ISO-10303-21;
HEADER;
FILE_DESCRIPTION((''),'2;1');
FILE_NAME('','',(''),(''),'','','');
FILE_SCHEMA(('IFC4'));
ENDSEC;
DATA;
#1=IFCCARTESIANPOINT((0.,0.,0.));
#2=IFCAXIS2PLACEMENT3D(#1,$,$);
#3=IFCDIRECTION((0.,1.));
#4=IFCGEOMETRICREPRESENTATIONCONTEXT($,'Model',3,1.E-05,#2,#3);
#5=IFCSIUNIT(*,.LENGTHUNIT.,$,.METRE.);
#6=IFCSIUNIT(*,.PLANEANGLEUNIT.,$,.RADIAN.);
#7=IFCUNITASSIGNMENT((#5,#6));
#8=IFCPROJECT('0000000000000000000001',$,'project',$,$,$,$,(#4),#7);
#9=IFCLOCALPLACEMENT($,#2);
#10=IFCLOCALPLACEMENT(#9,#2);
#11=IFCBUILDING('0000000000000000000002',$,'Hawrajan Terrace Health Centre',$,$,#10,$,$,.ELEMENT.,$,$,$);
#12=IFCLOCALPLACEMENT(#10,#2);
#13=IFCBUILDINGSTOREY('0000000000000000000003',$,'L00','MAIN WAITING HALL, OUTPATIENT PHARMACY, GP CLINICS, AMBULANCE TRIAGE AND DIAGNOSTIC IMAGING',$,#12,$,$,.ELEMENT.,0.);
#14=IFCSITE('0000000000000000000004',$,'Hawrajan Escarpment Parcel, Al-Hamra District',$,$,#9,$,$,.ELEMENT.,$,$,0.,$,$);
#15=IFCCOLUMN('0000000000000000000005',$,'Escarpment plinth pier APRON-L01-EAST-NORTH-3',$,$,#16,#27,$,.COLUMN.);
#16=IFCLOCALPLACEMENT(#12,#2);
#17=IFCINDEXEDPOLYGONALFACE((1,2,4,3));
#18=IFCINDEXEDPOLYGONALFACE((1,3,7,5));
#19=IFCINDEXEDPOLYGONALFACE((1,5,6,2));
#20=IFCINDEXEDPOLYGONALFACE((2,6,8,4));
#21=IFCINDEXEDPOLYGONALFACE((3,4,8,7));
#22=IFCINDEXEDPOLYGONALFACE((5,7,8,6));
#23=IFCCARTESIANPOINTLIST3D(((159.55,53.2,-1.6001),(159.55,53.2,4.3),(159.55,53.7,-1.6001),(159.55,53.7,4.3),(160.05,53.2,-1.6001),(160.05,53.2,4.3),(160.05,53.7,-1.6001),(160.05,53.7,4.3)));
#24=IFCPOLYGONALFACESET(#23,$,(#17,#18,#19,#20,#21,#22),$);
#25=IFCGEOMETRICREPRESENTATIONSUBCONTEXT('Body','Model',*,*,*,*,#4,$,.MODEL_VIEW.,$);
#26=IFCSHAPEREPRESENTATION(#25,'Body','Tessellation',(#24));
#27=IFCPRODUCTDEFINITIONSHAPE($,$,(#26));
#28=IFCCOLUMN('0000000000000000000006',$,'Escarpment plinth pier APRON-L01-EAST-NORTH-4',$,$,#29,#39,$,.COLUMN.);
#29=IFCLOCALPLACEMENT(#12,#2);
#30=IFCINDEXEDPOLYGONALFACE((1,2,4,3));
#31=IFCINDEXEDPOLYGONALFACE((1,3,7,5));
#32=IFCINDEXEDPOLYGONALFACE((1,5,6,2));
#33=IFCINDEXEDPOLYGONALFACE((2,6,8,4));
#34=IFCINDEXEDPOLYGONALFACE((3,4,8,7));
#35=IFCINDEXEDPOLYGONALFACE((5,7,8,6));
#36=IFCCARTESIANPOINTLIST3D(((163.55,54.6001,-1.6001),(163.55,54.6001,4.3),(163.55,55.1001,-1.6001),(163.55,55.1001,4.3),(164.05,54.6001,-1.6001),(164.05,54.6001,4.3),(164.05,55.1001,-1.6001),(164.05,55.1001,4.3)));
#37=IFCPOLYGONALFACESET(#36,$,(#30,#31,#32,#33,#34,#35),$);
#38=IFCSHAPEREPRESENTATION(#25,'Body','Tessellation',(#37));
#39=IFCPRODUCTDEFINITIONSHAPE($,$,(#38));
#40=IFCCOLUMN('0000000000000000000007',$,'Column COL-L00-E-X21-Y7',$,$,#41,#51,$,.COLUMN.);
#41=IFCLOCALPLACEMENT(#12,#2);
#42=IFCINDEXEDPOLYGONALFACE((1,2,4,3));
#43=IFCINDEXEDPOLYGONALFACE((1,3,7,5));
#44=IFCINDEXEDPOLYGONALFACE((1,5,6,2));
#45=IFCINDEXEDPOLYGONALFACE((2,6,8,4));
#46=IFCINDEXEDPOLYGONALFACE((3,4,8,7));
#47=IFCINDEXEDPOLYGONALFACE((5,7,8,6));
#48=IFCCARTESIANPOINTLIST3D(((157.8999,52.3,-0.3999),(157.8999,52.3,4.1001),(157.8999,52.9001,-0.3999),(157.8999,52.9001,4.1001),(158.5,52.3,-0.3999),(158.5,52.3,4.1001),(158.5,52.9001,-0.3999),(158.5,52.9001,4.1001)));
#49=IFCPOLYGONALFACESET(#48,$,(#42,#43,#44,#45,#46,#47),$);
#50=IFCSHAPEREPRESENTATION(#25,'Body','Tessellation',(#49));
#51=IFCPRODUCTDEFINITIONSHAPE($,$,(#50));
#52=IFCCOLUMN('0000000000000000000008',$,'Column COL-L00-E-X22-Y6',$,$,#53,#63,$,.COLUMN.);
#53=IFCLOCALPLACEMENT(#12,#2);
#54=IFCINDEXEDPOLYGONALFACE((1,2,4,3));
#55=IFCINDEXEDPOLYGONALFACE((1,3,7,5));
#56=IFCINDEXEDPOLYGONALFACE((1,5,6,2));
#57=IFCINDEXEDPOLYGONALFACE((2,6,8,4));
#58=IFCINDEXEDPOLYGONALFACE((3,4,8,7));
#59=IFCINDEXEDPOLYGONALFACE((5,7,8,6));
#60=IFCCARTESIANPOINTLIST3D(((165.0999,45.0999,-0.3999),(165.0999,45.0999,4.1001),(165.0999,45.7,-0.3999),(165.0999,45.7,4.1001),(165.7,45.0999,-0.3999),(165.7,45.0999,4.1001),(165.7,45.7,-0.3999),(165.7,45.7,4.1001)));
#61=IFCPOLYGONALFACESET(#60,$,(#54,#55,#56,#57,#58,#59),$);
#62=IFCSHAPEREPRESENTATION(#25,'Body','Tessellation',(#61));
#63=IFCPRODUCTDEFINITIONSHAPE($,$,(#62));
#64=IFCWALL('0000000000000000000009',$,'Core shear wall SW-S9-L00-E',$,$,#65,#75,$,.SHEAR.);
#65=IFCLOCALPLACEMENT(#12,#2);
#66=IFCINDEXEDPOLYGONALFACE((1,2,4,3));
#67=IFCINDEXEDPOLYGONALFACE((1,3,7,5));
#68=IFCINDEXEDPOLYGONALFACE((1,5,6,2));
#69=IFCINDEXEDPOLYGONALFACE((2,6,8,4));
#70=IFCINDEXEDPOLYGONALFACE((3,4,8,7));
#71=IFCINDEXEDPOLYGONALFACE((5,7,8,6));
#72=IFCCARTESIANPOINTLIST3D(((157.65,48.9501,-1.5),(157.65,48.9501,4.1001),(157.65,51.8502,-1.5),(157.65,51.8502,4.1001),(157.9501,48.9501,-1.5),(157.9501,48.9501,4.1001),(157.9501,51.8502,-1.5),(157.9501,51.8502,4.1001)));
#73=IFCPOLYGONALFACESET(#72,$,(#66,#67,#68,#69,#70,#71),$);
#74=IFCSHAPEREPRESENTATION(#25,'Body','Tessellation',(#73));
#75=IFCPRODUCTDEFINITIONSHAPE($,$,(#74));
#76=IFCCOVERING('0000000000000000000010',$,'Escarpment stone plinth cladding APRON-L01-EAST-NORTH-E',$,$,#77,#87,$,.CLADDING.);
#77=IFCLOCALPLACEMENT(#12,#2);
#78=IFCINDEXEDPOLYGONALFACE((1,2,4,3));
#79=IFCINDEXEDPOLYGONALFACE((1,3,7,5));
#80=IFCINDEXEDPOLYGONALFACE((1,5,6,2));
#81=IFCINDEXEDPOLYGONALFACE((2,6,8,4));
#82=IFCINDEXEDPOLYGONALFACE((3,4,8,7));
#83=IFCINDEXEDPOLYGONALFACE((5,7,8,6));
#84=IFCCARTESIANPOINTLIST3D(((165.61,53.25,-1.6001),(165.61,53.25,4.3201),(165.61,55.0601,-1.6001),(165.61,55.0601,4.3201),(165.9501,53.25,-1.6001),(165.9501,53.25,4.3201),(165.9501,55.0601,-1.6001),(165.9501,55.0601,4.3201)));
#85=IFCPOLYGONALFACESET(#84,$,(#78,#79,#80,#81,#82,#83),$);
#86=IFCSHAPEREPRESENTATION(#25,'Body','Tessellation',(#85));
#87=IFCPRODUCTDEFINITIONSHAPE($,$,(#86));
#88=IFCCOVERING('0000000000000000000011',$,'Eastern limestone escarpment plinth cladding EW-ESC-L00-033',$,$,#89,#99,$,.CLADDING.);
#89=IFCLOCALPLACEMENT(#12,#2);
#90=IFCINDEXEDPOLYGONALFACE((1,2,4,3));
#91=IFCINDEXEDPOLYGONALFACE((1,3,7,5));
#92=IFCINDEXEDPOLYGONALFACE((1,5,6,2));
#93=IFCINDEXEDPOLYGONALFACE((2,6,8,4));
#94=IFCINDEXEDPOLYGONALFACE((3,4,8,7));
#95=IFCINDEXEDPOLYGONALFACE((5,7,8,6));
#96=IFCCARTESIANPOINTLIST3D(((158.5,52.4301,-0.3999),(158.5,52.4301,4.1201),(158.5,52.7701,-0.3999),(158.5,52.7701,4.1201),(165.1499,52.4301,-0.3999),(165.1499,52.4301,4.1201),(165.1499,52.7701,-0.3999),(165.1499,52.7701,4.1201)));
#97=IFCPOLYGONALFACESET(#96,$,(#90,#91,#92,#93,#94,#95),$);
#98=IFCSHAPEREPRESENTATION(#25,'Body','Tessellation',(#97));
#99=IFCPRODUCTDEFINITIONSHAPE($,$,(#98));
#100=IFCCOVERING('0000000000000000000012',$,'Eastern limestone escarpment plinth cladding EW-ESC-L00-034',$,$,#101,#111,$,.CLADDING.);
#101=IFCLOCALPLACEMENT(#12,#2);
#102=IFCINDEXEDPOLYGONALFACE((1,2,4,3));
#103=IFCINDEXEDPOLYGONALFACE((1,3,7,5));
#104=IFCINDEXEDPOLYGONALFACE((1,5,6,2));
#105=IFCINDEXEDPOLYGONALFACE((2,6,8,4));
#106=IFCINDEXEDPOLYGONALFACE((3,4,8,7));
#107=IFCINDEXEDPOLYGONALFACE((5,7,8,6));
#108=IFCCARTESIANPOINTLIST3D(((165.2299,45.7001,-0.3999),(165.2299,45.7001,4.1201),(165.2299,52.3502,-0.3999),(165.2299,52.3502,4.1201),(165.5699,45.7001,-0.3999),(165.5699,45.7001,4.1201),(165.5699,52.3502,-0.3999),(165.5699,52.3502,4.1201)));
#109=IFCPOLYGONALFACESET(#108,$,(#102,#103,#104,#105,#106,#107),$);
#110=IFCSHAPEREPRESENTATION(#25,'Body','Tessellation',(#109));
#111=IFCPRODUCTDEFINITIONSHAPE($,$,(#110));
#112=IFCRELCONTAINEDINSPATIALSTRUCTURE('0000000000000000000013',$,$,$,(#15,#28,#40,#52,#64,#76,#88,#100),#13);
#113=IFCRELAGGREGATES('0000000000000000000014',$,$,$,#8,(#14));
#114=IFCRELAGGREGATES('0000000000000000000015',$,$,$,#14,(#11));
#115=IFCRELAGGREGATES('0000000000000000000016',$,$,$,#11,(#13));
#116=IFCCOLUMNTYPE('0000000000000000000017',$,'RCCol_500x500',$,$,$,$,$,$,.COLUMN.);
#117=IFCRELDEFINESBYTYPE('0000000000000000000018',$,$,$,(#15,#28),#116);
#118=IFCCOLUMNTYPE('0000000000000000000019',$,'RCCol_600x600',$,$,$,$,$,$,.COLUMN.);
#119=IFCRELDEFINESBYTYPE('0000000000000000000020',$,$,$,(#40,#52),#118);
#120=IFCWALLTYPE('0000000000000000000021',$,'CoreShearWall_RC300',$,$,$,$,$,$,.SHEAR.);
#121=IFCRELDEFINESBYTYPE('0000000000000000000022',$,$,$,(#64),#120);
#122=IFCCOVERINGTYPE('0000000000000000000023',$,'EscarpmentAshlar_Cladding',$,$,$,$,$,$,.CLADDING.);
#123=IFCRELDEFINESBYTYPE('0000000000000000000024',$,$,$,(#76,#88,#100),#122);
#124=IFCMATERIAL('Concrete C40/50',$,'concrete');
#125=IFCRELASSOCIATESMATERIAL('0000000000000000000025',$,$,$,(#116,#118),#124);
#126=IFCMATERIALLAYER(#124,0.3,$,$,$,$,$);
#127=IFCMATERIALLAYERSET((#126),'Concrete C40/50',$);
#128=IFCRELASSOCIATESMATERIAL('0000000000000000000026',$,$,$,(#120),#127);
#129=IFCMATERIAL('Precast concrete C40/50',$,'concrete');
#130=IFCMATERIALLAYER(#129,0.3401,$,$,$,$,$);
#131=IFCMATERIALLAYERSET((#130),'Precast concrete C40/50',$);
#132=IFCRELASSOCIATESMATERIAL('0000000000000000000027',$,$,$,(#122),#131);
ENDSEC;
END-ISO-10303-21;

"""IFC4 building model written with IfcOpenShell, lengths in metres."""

from ifc_helpers import new_model, si_unit, direction, frame, frame_2d, origin, origin_2d, place, context, subcontext, project, spatial, rectangle, extrude, material, layer, layer_set, material_profile, profile_set, type_object, element, save


model = new_model("IFC4")

# Units and contexts
model_context = context("Model", 3, precision=1e-05, world=origin(), true_north=direction((0.0, 1.0)))
body_context = subcontext(model_context, "Body", "Model", "MODEL_VIEW")
ifc_project = project(units=[si_unit("LENGTHUNIT", "METRE"), si_unit("PLANEANGLEUNIT", "RADIAN")], contexts=[model_context])

# Site, building, storey
site_placement = place(None, origin())
site = spatial("IfcSite", under=ifc_project, at=site_placement, Name="Hawrajan Escarpment Parcel, Al-Hamra District", CompositionType="ELEMENT", RefElevation=0.0)
building_placement = place(site_placement, origin())
building = spatial("IfcBuilding", under=site, at=building_placement, Name="Hawrajan Terrace Health Centre", CompositionType="ELEMENT")
storey_placement = place(building_placement, origin())
storey = spatial("IfcBuildingStorey", under=building, at=storey_placement, Name="L00", Description="MAIN WAITING HALL, OUTPATIENT PHARMACY, GP CLINICS, AMBULANCE TRIAGE AND DIAGNOSTIC IMAGING", CompositionType="ELEMENT", Elevation=0.0)

# Shared definitions
ifc_material_1 = material(Name="Concrete C40/50", Category="concrete")

# Columns
ifc_material_profile_1 = material_profile(ifc_material_1, rectangle(XDim=0.5, YDim=0.5, at=origin_2d()), Name="RC 500x500")
ifc_profile_set_1 = profile_set([ifc_material_profile_1], Name="Concrete C40/50")
column_type_1 = type_object("IfcColumnType", Name="RCCol_500x500", PredefinedType="COLUMN", material=ifc_profile_set_1)
for number, where, z_axis, x_axis, name in (
    (1, (159.8, 53.45, -1.6001), (0.0, 0.0, 1.0), (1.0, 0.0, 0.0), "Escarpment plinth pier APRON-L01-EAST-NORTH-3"),
    (2, (163.8, 54.8501, -1.6001), (0.0, 0.0, 1.0), (1.0, 0.0, 0.0), "Escarpment plinth pier APRON-L01-EAST-NORTH-4"),
):
    element("IfcColumn", number, at=place(storey_placement, frame(where, z_axis=z_axis, x_axis=x_axis)), inside=storey, type_object=column_type_1, Name=name, PredefinedType="COLUMN", context=body_context, shape_type="SweptSolid", body=[
        extrude(rectangle(XDim=0.5, YDim=0.5, at=origin_2d()), origin(), (0.0, 0.0, 1.0), 5.9001),
    ])
ifc_material_profile_2 = material_profile(ifc_material_1, rectangle(XDim=0.6001, YDim=0.6001, at=origin_2d()), Name="RC 600x600")
ifc_profile_set_2 = profile_set([ifc_material_profile_2], Name="Concrete C40/50")
column_type_2 = type_object("IfcColumnType", Name="RCCol_600x600", PredefinedType="COLUMN", material=ifc_profile_set_2)
for number, where, z_axis, x_axis, name in (
    (3, (158.2, 52.6001, -0.3999), (0.0, 0.0, 1.0), (1.0, 0.0, 0.0), "Column COL-L00-E-X21-Y7"),
    (4, (165.3999, 45.3999, -0.3999), (0.0, 0.0, 1.0), (1.0, 0.0, 0.0), "Column COL-L00-E-X22-Y6"),
):
    element("IfcColumn", number, at=place(storey_placement, frame(where, z_axis=z_axis, x_axis=x_axis)), inside=storey, type_object=column_type_2, Name=name, PredefinedType="COLUMN", context=body_context, shape_type="SweptSolid", body=[
        extrude(rectangle(XDim=0.6001, YDim=0.6001, at=origin_2d()), origin(), (0.0, 0.0, 1.0), 4.5),
    ])

# Wall
ifc_layer_1 = layer(ifc_material_1, 0.3)
ifc_layer_set_1 = layer_set([ifc_layer_1], Name="Concrete C40/50")
wall_type = type_object("IfcWallType", Name="CoreShearWall_RC300", PredefinedType="SHEAR", material=ifc_layer_set_1)
wall_placement = place(storey_placement, frame((157.8, 48.95, -1.5), z_axis=(0.0, 0.0, 1.0), x_axis=(0.0, 1.0, 0.0)))
element("IfcWall", 5, at=wall_placement, inside=storey, type_object=wall_type, Name="Core shear wall SW-S9-L00-E", PredefinedType="SHEAR", context=body_context, shape_type="SweptSolid", body=[
    extrude(rectangle(XDim=2.9001, YDim=0.3, at=frame_2d((1.4502, 0.0))), origin(), (0.0, 0.0, 1.0), 5.6001),
])

# Coverings
ifc_material_2 = material(Name="Precast concrete C40/50", Category="concrete")
ifc_layer_2 = layer(ifc_material_2, 0.3401)
ifc_layer_set_2 = layer_set([ifc_layer_2], Name="Precast concrete C40/50")
covering_type = type_object("IfcCoveringType", Name="EscarpmentAshlar_Cladding", PredefinedType="CLADDING", material=ifc_layer_set_2)
covering_1_placement = place(storey_placement, frame((165.78, 53.25, -1.6001), z_axis=(0.0, 0.0, 1.0), x_axis=(0.0, 1.0, 0.0)))
element("IfcCovering", 6, at=covering_1_placement, inside=storey, type_object=covering_type, Name="Escarpment stone plinth cladding APRON-L01-EAST-NORTH-E", PredefinedType="CLADDING", context=body_context, shape_type="SweptSolid", body=[
    extrude(rectangle(XDim=1.8101, YDim=0.3401, at=frame_2d((0.905, 0.0))), origin(), (0.0, 0.0, 1.0), 5.9202),
])
covering_2_placement = place(storey_placement, frame((158.5, 52.6001, -0.3999), z_axis=(0.0, 0.0, 1.0), x_axis=(1.0, 0.0, 0.0)))
element("IfcCovering", 7, at=covering_2_placement, inside=storey, type_object=covering_type, Name="Eastern limestone escarpment plinth cladding EW-ESC-L00-033", PredefinedType="CLADDING", context=body_context, shape_type="SweptSolid", body=[
    extrude(rectangle(XDim=6.6499, YDim=0.3401, at=frame_2d((3.325, 0.0))), origin(), (0.0, 0.0, 1.0), 4.52),
])
covering_3_placement = place(storey_placement, frame((165.3999, 45.7, -0.3999), z_axis=(0.0, 0.0, 1.0), x_axis=(0.0, 1.0, 0.0)))
element("IfcCovering", 8, at=covering_3_placement, inside=storey, type_object=covering_type, Name="Eastern limestone escarpment plinth cladding EW-ESC-L00-034", PredefinedType="CLADDING", context=body_context, shape_type="SweptSolid", body=[
    extrude(rectangle(XDim=6.6501, YDim=0.3401, at=frame_2d((3.3252, 0.0))), origin(), (0.0, 0.0, 1.0), 4.52),
])

save(model, "model.ifc")
